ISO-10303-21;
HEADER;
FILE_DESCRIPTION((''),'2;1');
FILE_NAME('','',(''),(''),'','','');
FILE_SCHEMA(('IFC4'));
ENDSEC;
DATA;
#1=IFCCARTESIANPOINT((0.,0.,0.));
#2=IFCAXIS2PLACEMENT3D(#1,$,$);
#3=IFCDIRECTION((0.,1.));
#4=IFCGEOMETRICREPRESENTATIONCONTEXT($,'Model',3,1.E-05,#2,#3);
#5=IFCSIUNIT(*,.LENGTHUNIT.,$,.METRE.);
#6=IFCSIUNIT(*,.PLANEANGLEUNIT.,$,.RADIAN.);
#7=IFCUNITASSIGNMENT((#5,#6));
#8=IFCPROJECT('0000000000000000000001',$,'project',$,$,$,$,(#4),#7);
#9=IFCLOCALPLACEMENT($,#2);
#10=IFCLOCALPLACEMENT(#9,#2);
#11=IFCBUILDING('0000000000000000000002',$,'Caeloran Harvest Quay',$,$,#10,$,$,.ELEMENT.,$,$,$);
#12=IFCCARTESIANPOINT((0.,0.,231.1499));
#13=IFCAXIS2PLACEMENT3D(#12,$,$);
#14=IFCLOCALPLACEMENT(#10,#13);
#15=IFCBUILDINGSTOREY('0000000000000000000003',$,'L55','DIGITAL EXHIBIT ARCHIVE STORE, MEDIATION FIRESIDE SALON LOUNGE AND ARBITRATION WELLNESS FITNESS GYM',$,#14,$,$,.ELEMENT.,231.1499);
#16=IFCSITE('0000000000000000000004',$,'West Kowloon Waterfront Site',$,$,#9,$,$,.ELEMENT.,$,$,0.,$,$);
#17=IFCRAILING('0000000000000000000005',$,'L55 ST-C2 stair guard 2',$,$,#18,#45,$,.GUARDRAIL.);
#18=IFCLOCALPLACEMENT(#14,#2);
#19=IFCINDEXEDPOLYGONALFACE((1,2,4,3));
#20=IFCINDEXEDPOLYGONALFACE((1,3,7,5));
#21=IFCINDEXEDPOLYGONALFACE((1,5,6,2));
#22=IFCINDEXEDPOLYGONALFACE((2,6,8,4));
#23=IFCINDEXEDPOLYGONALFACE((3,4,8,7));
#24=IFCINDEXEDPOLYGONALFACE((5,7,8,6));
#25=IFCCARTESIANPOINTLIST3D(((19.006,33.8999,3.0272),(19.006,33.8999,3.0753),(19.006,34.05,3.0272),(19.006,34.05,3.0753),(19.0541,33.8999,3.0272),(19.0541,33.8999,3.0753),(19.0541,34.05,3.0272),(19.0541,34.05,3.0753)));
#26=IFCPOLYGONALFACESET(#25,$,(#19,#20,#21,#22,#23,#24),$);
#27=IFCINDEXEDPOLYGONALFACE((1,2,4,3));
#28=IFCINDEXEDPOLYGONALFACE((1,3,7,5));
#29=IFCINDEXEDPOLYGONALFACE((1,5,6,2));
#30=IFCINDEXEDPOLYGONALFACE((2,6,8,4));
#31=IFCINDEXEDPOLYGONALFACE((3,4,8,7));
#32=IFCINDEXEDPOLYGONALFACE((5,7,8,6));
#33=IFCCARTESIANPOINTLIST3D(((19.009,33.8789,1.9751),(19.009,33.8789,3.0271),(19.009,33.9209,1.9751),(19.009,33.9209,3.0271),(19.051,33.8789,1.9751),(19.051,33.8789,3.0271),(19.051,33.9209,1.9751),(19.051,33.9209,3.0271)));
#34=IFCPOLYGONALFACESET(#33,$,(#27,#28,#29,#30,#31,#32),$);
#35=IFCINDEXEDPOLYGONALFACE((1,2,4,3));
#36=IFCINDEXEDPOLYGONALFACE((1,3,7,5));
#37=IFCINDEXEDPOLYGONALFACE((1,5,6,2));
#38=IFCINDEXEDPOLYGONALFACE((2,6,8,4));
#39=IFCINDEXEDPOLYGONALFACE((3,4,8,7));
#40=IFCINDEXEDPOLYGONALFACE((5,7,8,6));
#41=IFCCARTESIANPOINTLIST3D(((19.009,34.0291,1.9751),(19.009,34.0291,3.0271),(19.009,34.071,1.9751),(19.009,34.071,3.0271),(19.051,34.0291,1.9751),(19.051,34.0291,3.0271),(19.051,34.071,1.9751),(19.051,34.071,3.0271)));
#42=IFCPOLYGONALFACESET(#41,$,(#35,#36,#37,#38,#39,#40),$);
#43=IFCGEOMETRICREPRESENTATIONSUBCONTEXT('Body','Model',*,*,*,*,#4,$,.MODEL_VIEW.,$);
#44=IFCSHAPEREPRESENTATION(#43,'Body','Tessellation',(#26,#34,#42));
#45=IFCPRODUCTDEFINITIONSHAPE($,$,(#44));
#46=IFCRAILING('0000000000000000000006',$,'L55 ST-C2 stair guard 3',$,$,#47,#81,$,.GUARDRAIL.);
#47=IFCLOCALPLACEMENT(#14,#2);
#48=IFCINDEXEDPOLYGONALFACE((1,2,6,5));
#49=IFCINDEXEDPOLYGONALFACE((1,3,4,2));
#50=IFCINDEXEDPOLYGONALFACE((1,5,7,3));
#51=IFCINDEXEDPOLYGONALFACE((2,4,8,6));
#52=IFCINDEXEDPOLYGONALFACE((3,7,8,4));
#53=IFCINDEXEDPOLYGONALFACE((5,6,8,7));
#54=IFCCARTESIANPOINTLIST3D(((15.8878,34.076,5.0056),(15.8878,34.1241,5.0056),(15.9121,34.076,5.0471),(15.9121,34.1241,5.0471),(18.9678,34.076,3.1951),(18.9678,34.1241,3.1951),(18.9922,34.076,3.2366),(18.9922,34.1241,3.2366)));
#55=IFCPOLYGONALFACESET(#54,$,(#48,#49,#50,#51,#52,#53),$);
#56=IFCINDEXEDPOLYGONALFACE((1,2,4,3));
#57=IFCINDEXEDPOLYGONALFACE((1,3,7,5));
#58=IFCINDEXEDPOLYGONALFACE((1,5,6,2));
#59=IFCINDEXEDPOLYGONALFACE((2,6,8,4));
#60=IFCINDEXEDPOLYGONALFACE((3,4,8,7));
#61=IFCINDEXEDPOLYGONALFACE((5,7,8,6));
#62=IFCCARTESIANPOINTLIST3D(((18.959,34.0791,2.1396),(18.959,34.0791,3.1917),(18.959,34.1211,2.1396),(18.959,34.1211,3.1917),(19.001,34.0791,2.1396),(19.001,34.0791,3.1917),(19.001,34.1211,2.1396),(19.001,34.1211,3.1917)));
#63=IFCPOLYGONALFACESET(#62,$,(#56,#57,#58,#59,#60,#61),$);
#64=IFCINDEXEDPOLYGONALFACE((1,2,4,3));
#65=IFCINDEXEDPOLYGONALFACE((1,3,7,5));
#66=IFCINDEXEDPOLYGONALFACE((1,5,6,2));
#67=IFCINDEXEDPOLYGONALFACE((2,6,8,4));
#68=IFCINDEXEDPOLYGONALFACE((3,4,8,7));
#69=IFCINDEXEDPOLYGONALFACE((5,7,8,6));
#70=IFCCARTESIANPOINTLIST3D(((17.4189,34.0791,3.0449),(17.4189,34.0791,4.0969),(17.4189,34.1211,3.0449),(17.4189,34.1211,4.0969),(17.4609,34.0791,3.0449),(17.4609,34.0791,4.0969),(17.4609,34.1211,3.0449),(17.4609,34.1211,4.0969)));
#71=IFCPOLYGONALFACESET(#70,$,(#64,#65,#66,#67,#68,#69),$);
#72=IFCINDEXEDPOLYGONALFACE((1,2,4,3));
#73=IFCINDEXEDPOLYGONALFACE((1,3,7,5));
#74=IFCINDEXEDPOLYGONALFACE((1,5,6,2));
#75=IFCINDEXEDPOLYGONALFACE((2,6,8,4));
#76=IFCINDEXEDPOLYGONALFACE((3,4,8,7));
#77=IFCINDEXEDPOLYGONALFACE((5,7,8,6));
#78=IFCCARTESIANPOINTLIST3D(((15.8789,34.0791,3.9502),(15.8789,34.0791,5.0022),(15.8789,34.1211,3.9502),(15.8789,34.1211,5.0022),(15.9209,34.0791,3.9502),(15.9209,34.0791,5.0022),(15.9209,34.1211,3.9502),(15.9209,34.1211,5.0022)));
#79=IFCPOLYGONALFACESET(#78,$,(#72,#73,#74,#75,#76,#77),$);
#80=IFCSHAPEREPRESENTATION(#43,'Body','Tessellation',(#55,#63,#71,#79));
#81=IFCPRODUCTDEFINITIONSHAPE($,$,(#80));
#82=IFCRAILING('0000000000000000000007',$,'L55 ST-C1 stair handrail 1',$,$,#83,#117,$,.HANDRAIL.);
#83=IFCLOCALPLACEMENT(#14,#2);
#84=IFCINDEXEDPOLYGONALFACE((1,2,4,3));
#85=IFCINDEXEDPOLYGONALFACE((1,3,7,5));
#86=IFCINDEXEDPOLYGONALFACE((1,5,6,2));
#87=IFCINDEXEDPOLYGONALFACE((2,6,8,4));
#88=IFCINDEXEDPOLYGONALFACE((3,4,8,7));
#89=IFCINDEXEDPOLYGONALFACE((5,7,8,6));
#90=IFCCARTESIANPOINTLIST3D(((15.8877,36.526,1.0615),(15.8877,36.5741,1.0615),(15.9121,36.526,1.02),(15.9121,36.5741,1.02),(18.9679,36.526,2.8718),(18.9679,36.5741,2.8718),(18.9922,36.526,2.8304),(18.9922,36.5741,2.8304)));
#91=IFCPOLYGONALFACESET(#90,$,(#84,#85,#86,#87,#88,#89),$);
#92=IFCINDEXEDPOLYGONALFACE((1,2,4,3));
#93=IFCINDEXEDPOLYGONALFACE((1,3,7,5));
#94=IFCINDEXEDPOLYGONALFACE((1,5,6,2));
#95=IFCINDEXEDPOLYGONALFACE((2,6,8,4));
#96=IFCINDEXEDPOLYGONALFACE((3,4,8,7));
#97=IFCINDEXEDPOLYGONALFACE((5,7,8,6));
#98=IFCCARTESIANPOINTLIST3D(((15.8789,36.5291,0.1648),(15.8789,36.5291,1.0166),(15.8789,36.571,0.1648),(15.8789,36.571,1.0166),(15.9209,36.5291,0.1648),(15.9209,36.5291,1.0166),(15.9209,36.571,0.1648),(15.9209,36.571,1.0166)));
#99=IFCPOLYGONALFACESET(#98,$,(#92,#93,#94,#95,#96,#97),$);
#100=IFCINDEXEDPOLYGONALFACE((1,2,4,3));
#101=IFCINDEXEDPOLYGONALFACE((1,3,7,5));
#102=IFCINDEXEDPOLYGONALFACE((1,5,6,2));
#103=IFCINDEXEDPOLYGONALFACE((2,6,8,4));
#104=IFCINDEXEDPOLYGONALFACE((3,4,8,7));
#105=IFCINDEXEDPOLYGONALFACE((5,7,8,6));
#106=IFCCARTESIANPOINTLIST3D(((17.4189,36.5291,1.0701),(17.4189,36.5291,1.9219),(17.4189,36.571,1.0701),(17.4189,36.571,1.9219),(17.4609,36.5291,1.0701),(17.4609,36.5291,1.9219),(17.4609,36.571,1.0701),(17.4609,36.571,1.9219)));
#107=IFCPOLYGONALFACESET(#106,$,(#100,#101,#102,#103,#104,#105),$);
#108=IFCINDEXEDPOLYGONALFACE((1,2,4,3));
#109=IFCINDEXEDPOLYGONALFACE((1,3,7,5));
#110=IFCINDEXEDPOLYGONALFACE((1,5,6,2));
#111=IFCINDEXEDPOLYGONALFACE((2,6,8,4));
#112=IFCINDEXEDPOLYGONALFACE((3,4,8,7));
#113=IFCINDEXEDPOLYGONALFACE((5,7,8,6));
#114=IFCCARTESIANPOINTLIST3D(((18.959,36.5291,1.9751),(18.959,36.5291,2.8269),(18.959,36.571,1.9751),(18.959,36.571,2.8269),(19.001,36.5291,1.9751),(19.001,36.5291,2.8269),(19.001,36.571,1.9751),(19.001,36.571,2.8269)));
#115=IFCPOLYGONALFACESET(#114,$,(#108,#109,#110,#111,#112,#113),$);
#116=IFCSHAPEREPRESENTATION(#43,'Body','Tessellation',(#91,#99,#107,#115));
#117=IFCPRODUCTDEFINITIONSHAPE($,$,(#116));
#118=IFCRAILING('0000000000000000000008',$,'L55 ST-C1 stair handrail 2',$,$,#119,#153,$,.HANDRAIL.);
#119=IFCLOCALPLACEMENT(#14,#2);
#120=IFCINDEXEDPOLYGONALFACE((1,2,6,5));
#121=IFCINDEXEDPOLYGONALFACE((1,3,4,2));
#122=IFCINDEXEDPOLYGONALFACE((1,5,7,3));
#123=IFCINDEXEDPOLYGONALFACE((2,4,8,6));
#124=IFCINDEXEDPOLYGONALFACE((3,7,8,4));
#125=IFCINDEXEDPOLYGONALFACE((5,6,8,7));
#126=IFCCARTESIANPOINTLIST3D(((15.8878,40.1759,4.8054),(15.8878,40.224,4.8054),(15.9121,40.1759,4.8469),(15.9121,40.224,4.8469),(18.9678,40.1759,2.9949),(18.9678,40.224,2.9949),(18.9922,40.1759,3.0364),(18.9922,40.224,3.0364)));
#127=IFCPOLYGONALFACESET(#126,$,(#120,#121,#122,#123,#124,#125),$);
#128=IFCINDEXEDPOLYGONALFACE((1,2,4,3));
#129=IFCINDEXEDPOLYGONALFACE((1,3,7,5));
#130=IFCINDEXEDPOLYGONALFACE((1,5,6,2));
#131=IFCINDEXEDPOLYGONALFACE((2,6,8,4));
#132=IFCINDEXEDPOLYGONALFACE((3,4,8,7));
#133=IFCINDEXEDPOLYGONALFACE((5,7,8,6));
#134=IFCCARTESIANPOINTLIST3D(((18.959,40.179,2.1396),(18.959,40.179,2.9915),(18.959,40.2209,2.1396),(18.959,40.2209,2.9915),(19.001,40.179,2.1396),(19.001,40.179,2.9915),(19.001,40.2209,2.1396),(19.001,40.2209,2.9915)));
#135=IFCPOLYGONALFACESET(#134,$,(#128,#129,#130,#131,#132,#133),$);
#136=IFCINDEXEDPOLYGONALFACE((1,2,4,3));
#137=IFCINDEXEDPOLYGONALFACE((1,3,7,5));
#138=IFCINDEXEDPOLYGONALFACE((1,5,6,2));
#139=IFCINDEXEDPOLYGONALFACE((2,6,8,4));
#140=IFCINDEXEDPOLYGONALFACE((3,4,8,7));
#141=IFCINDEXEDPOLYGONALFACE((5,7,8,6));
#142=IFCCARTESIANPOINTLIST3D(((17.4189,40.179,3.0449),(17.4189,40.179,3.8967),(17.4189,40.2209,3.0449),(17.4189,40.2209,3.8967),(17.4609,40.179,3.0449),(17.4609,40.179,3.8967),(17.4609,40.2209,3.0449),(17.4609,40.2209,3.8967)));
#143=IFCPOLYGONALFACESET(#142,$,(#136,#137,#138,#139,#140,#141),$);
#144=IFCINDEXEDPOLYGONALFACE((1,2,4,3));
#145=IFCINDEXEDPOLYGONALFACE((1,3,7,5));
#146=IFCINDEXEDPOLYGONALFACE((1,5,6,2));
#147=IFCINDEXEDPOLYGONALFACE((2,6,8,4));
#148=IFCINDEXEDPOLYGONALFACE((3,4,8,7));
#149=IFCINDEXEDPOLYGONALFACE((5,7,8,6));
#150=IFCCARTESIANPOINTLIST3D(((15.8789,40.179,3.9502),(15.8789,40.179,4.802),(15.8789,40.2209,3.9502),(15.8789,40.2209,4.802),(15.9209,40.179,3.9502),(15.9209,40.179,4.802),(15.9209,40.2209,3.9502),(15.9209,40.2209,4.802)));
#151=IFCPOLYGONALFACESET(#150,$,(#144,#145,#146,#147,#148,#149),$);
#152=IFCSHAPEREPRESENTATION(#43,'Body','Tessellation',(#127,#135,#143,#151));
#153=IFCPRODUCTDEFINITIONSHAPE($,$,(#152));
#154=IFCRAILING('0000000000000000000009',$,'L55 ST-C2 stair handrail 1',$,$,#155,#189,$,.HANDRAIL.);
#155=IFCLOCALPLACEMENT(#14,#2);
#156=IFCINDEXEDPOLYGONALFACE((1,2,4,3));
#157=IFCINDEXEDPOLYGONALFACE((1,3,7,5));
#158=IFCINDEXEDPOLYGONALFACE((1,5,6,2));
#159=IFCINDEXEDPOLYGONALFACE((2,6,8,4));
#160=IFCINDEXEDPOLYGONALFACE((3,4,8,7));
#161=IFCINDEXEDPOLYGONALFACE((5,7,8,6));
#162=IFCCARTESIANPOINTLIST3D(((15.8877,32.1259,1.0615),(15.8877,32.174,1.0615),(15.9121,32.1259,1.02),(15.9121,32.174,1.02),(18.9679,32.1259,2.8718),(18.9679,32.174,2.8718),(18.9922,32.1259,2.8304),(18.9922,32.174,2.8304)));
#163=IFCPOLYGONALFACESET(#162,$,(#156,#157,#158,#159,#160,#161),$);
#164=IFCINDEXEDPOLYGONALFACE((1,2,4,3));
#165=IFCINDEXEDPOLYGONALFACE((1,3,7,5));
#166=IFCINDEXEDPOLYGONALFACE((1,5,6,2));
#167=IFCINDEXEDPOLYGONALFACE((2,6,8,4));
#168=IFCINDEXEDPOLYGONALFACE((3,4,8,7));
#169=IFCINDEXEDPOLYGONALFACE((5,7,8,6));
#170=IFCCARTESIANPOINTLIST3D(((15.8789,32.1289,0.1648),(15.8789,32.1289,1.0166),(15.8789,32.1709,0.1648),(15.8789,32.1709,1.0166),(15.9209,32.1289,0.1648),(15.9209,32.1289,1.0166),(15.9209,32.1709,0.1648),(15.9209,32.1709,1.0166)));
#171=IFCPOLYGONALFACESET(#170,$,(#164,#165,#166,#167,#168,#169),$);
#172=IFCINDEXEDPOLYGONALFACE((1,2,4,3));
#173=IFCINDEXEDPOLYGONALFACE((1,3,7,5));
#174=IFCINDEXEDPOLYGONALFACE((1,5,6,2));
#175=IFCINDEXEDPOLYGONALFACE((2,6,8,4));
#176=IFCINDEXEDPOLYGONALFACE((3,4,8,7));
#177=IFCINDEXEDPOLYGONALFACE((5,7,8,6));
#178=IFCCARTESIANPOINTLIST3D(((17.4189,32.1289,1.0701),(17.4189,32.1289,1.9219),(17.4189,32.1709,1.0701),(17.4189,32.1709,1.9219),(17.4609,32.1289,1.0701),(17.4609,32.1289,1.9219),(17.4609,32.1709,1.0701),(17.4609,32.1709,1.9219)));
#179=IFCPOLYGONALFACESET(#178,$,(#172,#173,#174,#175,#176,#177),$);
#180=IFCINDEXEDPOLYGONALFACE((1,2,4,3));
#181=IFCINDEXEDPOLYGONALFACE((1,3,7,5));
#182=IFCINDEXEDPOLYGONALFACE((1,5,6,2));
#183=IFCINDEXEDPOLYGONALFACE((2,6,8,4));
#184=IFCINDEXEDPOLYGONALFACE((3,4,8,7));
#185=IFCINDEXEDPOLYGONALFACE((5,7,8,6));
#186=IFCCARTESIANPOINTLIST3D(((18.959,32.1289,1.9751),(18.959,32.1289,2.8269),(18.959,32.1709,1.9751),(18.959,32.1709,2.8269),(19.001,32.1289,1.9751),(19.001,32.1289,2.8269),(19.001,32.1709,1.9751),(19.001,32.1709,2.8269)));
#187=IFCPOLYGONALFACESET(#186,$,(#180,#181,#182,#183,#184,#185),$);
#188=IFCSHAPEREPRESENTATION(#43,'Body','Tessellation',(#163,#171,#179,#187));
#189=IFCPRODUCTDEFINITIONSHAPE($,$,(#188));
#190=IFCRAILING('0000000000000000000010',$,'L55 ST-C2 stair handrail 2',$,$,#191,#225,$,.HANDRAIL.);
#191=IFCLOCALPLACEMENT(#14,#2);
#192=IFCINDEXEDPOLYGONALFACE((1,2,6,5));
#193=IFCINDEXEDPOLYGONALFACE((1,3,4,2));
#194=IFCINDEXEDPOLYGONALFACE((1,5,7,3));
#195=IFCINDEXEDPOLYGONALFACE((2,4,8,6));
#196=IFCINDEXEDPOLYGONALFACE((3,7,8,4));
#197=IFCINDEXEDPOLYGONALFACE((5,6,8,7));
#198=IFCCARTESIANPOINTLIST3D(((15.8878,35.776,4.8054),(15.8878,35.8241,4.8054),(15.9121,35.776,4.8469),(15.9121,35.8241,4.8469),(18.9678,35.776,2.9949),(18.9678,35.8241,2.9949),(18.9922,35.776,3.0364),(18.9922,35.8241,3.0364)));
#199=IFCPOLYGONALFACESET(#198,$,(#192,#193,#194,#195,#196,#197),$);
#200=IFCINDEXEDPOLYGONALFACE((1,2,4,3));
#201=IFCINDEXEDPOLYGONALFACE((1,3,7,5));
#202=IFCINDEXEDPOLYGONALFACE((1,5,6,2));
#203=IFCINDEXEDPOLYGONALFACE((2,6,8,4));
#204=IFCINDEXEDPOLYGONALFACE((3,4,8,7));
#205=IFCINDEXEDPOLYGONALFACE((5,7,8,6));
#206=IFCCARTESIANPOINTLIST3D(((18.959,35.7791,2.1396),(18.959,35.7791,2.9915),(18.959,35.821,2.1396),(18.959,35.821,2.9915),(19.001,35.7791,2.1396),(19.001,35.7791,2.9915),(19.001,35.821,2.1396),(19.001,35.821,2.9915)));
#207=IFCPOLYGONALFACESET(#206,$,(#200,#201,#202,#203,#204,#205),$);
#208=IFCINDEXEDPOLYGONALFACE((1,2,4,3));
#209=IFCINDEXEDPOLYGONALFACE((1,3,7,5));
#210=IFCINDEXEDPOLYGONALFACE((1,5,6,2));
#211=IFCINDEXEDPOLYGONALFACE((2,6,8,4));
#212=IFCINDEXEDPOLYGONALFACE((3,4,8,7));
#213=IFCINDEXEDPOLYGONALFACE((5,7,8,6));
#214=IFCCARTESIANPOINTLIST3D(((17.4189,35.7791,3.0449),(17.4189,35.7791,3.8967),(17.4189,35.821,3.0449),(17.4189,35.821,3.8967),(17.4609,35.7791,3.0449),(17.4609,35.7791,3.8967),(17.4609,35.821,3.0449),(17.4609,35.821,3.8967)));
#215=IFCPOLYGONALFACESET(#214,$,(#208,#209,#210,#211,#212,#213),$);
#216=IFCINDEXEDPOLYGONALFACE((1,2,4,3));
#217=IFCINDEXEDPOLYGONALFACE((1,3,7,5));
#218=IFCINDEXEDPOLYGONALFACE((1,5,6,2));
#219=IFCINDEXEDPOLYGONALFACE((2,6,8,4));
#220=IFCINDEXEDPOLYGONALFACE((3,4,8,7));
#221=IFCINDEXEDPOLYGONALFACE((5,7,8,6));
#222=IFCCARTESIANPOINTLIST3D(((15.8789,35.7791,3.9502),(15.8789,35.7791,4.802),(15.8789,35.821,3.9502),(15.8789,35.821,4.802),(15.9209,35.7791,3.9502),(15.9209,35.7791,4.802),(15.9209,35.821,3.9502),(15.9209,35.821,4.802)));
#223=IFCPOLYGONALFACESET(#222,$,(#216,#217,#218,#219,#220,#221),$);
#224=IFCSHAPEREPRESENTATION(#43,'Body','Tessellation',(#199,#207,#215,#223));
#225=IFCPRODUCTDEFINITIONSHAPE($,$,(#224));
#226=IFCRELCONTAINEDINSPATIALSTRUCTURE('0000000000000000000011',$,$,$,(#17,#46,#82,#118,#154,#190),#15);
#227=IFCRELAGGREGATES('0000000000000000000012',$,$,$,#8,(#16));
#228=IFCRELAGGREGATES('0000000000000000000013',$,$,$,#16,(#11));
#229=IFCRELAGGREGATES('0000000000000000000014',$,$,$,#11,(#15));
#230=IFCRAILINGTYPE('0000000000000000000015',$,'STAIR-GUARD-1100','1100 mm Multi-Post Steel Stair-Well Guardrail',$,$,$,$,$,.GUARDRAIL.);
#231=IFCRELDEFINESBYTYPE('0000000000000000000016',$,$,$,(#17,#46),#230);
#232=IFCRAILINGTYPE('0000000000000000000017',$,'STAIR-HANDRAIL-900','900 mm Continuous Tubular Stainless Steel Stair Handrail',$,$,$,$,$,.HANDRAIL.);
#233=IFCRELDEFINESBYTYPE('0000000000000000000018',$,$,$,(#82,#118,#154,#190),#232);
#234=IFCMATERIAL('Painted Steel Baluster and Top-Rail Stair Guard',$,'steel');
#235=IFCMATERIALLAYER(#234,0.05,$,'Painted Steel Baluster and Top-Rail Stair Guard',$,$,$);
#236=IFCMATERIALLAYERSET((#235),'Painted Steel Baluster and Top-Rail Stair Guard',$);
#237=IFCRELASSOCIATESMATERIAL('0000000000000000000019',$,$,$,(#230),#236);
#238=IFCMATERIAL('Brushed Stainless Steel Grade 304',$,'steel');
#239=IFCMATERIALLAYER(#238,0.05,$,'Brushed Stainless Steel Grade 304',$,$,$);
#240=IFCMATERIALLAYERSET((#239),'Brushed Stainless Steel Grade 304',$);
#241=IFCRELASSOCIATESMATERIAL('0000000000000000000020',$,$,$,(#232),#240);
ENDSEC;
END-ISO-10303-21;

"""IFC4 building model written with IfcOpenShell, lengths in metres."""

from ifc_helpers import new_model, si_unit, direction, frame, origin, origin_2d, place, context, subcontext, project, spatial, rectangle, extrude, material, layer, layer_set, type_object, element, save


model = new_model("IFC4")

# Units and contexts
model_context = context("Model", 3, precision=1e-05, world=origin(), true_north=direction((0.0, 1.0)))
body_context = subcontext(model_context, "Body", "Model", "MODEL_VIEW")
ifc_project = project(units=[si_unit("LENGTHUNIT", "METRE"), si_unit("PLANEANGLEUNIT", "RADIAN")], contexts=[model_context])

# Site, building, storey
site_placement = place(None, origin())
site = spatial("IfcSite", under=ifc_project, at=site_placement, Name="West Kowloon Waterfront Site", CompositionType="ELEMENT", RefElevation=0.0)
building_placement = place(site_placement, origin())
building = spatial("IfcBuilding", under=site, at=building_placement, Name="Caeloran Harvest Quay", CompositionType="ELEMENT")
storey_placement = place(building_placement, frame((0.0, 0.0, 231.1499)))
storey = spatial("IfcBuildingStorey", under=building, at=storey_placement, Name="L55", Description="DIGITAL EXHIBIT ARCHIVE STORE, MEDIATION FIRESIDE SALON LOUNGE AND ARBITRATION WELLNESS FITNESS GYM", CompositionType="ELEMENT", Elevation=231.1499)

# Railings
ifc_material_1 = material(Name="Painted Steel Baluster and Top-Rail Stair Guard", Category="steel")
ifc_layer_1 = layer(ifc_material_1, 0.05, Name="Painted Steel Baluster and Top-Rail Stair Guard")
ifc_layer_set_1 = layer_set([ifc_layer_1], Name="Painted Steel Baluster and Top-Rail Stair Guard")
railing_type_1 = type_object("IfcRailingType", Name="STAIR-GUARD-1100", Description="1100 mm Multi-Post Steel Stair-Well Guardrail", PredefinedType="GUARDRAIL", material=ifc_layer_set_1)
railing_1_placement = place(storey_placement, frame((19.03, 33.8999, 1.9751)))
element("IfcRailing", 1, at=railing_1_placement, inside=storey, type_object=railing_type_1, Name="L55 ST-C2 stair guard 2", PredefinedType="GUARDRAIL", context=body_context, shape_type="SweptSolid", body=[
    extrude(rectangle(XDim=0.0481, YDim=0.0481, at=origin_2d()), frame((0.0, 0.0, 1.0762), z_axis=(0.0, 1.0, 0.0), x_axis=(-1.0, 0.0, 0.0)), (0.0, 0.0, 1.0), 0.1501),
    extrude(rectangle(XDim=0.042, YDim=0.042, at=origin_2d()), origin(), (0.0, 0.0, 1.0), 1.052),
    extrude(rectangle(XDim=0.042, YDim=0.042, at=origin_2d()), frame((0.0, 0.1501, 0.0)), (0.0, 0.0, 1.0), 1.052),
])
railing_2_placement = place(storey_placement, frame((18.98, 34.1001, 2.1396)))
element("IfcRailing", 2, at=railing_2_placement, inside=storey, type_object=railing_type_1, Name="L55 ST-C2 stair guard 3", PredefinedType="GUARDRAIL", context=body_context, shape_type="SweptSolid", body=[
    extrude(rectangle(XDim=0.0481, YDim=0.0481, at=origin_2d()), frame((0.0, 0.0, 1.0762), z_axis=(-0.862089, 0.0, 0.506757), x_axis=(0.0, -1.0, 0.0)), (0.0, 0.0, 1.0), 3.5728),
    extrude(rectangle(XDim=0.042, YDim=0.042, at=origin_2d()), origin(), (0.0, 0.0, 1.0), 1.052),
    extrude(rectangle(XDim=0.042, YDim=0.042, at=origin_2d()), frame((-1.54, 0.0, 0.9053)), (0.0, 0.0, 1.0), 1.052),
    extrude(rectangle(XDim=0.042, YDim=0.042, at=origin_2d()), frame((-3.0801, 0.0, 1.8105)), (0.0, 0.0, 1.0), 1.052),
])
ifc_material_2 = material(Name="Brushed Stainless Steel Grade 304", Category="steel")
ifc_layer_2 = layer(ifc_material_2, 0.05, Name="Brushed Stainless Steel Grade 304")
ifc_layer_set_2 = layer_set([ifc_layer_2], Name="Brushed Stainless Steel Grade 304")
railing_type_2 = type_object("IfcRailingType", Name="STAIR-HANDRAIL-900", Description="900 mm Continuous Tubular Stainless Steel Stair Handrail", PredefinedType="HANDRAIL", material=ifc_layer_set_2)
railing_3_placement = place(storey_placement, frame((15.8999, 36.55, 0.1648)))
element("IfcRailing", 3, at=railing_3_placement, inside=storey, type_object=railing_type_2, Name="L55 ST-C1 stair handrail 1", PredefinedType="HANDRAIL", context=body_context, shape_type="SweptSolid", body=[
    extrude(rectangle(XDim=0.0481, YDim=0.0481, at=origin_2d()), frame((0.0, 0.0, 0.876), z_axis=(0.862119, 0.0, 0.506707), x_axis=(0.0, 1.0, 0.0)), (0.0, 0.0, 1.0), 3.5728),
    extrude(rectangle(XDim=0.042, YDim=0.042, at=origin_2d()), origin(), (0.0, 0.0, 1.0), 0.8518),
    extrude(rectangle(XDim=0.042, YDim=0.042, at=origin_2d()), frame((1.54, 0.0, 0.9053)), (0.0, 0.0, 1.0), 0.8518),
    extrude(rectangle(XDim=0.042, YDim=0.042, at=origin_2d()), frame((3.0801, 0.0, 1.8103)), (0.0, 0.0, 1.0), 0.8518),
])
railing_4_placement = place(storey_placement, frame((18.98, 40.2, 2.1396)))
element("IfcRailing", 4, at=railing_4_placement, inside=storey, type_object=railing_type_2, Name="L55 ST-C1 stair handrail 2", PredefinedType="HANDRAIL", context=body_context, shape_type="SweptSolid", body=[
    extrude(rectangle(XDim=0.0481, YDim=0.0481, at=origin_2d()), frame((0.0, 0.0, 0.876), z_axis=(-0.862089, 0.0, 0.506757), x_axis=(0.0, -1.0, 0.0)), (0.0, 0.0, 1.0), 3.5728),
    extrude(rectangle(XDim=0.042, YDim=0.042, at=origin_2d()), origin(), (0.0, 0.0, 1.0), 0.8518),
    extrude(rectangle(XDim=0.042, YDim=0.042, at=origin_2d()), frame((-1.54, 0.0, 0.9053)), (0.0, 0.0, 1.0), 0.8518),
    extrude(rectangle(XDim=0.042, YDim=0.042, at=origin_2d()), frame((-3.0801, 0.0, 1.8105)), (0.0, 0.0, 1.0), 0.8518),
])
railing_5_placement = place(storey_placement, frame((15.8999, 32.1499, 0.1648)))
element("IfcRailing", 5, at=railing_5_placement, inside=storey, type_object=railing_type_2, Name="L55 ST-C2 stair handrail 1", PredefinedType="HANDRAIL", context=body_context, shape_type="SweptSolid", body=[
    extrude(rectangle(XDim=0.0481, YDim=0.0481, at=origin_2d()), frame((0.0, 0.0, 0.876), z_axis=(0.862119, 0.0, 0.506707), x_axis=(0.0, 1.0, 0.0)), (0.0, 0.0, 1.0), 3.5728),
    extrude(rectangle(XDim=0.042, YDim=0.042, at=origin_2d()), origin(), (0.0, 0.0, 1.0), 0.8518),
    extrude(rectangle(XDim=0.042, YDim=0.042, at=origin_2d()), frame((1.54, 0.0, 0.9053)), (0.0, 0.0, 1.0), 0.8518),
    extrude(rectangle(XDim=0.042, YDim=0.042, at=origin_2d()), frame((3.0801, 0.0, 1.8103)), (0.0, 0.0, 1.0), 0.8518),
])
railing_6_placement = place(storey_placement, frame((18.98, 35.8, 2.1396)))
element("IfcRailing", 6, at=railing_6_placement, inside=storey, type_object=railing_type_2, Name="L55 ST-C2 stair handrail 2", PredefinedType="HANDRAIL", context=body_context, shape_type="SweptSolid", body=[
    extrude(rectangle(XDim=0.0481, YDim=0.0481, at=origin_2d()), frame((0.0, 0.0, 0.876), z_axis=(-0.862089, 0.0, 0.506757), x_axis=(0.0, -1.0, 0.0)), (0.0, 0.0, 1.0), 3.5728),
    extrude(rectangle(XDim=0.042, YDim=0.042, at=origin_2d()), origin(), (0.0, 0.0, 1.0), 0.8518),
    extrude(rectangle(XDim=0.042, YDim=0.042, at=origin_2d()), frame((-1.54, 0.0, 0.9053)), (0.0, 0.0, 1.0), 0.8518),
    extrude(rectangle(XDim=0.042, YDim=0.042, at=origin_2d()), frame((-3.0801, 0.0, 1.8105)), (0.0, 0.0, 1.0), 0.8518),
])

save(model, "model.ifc")
